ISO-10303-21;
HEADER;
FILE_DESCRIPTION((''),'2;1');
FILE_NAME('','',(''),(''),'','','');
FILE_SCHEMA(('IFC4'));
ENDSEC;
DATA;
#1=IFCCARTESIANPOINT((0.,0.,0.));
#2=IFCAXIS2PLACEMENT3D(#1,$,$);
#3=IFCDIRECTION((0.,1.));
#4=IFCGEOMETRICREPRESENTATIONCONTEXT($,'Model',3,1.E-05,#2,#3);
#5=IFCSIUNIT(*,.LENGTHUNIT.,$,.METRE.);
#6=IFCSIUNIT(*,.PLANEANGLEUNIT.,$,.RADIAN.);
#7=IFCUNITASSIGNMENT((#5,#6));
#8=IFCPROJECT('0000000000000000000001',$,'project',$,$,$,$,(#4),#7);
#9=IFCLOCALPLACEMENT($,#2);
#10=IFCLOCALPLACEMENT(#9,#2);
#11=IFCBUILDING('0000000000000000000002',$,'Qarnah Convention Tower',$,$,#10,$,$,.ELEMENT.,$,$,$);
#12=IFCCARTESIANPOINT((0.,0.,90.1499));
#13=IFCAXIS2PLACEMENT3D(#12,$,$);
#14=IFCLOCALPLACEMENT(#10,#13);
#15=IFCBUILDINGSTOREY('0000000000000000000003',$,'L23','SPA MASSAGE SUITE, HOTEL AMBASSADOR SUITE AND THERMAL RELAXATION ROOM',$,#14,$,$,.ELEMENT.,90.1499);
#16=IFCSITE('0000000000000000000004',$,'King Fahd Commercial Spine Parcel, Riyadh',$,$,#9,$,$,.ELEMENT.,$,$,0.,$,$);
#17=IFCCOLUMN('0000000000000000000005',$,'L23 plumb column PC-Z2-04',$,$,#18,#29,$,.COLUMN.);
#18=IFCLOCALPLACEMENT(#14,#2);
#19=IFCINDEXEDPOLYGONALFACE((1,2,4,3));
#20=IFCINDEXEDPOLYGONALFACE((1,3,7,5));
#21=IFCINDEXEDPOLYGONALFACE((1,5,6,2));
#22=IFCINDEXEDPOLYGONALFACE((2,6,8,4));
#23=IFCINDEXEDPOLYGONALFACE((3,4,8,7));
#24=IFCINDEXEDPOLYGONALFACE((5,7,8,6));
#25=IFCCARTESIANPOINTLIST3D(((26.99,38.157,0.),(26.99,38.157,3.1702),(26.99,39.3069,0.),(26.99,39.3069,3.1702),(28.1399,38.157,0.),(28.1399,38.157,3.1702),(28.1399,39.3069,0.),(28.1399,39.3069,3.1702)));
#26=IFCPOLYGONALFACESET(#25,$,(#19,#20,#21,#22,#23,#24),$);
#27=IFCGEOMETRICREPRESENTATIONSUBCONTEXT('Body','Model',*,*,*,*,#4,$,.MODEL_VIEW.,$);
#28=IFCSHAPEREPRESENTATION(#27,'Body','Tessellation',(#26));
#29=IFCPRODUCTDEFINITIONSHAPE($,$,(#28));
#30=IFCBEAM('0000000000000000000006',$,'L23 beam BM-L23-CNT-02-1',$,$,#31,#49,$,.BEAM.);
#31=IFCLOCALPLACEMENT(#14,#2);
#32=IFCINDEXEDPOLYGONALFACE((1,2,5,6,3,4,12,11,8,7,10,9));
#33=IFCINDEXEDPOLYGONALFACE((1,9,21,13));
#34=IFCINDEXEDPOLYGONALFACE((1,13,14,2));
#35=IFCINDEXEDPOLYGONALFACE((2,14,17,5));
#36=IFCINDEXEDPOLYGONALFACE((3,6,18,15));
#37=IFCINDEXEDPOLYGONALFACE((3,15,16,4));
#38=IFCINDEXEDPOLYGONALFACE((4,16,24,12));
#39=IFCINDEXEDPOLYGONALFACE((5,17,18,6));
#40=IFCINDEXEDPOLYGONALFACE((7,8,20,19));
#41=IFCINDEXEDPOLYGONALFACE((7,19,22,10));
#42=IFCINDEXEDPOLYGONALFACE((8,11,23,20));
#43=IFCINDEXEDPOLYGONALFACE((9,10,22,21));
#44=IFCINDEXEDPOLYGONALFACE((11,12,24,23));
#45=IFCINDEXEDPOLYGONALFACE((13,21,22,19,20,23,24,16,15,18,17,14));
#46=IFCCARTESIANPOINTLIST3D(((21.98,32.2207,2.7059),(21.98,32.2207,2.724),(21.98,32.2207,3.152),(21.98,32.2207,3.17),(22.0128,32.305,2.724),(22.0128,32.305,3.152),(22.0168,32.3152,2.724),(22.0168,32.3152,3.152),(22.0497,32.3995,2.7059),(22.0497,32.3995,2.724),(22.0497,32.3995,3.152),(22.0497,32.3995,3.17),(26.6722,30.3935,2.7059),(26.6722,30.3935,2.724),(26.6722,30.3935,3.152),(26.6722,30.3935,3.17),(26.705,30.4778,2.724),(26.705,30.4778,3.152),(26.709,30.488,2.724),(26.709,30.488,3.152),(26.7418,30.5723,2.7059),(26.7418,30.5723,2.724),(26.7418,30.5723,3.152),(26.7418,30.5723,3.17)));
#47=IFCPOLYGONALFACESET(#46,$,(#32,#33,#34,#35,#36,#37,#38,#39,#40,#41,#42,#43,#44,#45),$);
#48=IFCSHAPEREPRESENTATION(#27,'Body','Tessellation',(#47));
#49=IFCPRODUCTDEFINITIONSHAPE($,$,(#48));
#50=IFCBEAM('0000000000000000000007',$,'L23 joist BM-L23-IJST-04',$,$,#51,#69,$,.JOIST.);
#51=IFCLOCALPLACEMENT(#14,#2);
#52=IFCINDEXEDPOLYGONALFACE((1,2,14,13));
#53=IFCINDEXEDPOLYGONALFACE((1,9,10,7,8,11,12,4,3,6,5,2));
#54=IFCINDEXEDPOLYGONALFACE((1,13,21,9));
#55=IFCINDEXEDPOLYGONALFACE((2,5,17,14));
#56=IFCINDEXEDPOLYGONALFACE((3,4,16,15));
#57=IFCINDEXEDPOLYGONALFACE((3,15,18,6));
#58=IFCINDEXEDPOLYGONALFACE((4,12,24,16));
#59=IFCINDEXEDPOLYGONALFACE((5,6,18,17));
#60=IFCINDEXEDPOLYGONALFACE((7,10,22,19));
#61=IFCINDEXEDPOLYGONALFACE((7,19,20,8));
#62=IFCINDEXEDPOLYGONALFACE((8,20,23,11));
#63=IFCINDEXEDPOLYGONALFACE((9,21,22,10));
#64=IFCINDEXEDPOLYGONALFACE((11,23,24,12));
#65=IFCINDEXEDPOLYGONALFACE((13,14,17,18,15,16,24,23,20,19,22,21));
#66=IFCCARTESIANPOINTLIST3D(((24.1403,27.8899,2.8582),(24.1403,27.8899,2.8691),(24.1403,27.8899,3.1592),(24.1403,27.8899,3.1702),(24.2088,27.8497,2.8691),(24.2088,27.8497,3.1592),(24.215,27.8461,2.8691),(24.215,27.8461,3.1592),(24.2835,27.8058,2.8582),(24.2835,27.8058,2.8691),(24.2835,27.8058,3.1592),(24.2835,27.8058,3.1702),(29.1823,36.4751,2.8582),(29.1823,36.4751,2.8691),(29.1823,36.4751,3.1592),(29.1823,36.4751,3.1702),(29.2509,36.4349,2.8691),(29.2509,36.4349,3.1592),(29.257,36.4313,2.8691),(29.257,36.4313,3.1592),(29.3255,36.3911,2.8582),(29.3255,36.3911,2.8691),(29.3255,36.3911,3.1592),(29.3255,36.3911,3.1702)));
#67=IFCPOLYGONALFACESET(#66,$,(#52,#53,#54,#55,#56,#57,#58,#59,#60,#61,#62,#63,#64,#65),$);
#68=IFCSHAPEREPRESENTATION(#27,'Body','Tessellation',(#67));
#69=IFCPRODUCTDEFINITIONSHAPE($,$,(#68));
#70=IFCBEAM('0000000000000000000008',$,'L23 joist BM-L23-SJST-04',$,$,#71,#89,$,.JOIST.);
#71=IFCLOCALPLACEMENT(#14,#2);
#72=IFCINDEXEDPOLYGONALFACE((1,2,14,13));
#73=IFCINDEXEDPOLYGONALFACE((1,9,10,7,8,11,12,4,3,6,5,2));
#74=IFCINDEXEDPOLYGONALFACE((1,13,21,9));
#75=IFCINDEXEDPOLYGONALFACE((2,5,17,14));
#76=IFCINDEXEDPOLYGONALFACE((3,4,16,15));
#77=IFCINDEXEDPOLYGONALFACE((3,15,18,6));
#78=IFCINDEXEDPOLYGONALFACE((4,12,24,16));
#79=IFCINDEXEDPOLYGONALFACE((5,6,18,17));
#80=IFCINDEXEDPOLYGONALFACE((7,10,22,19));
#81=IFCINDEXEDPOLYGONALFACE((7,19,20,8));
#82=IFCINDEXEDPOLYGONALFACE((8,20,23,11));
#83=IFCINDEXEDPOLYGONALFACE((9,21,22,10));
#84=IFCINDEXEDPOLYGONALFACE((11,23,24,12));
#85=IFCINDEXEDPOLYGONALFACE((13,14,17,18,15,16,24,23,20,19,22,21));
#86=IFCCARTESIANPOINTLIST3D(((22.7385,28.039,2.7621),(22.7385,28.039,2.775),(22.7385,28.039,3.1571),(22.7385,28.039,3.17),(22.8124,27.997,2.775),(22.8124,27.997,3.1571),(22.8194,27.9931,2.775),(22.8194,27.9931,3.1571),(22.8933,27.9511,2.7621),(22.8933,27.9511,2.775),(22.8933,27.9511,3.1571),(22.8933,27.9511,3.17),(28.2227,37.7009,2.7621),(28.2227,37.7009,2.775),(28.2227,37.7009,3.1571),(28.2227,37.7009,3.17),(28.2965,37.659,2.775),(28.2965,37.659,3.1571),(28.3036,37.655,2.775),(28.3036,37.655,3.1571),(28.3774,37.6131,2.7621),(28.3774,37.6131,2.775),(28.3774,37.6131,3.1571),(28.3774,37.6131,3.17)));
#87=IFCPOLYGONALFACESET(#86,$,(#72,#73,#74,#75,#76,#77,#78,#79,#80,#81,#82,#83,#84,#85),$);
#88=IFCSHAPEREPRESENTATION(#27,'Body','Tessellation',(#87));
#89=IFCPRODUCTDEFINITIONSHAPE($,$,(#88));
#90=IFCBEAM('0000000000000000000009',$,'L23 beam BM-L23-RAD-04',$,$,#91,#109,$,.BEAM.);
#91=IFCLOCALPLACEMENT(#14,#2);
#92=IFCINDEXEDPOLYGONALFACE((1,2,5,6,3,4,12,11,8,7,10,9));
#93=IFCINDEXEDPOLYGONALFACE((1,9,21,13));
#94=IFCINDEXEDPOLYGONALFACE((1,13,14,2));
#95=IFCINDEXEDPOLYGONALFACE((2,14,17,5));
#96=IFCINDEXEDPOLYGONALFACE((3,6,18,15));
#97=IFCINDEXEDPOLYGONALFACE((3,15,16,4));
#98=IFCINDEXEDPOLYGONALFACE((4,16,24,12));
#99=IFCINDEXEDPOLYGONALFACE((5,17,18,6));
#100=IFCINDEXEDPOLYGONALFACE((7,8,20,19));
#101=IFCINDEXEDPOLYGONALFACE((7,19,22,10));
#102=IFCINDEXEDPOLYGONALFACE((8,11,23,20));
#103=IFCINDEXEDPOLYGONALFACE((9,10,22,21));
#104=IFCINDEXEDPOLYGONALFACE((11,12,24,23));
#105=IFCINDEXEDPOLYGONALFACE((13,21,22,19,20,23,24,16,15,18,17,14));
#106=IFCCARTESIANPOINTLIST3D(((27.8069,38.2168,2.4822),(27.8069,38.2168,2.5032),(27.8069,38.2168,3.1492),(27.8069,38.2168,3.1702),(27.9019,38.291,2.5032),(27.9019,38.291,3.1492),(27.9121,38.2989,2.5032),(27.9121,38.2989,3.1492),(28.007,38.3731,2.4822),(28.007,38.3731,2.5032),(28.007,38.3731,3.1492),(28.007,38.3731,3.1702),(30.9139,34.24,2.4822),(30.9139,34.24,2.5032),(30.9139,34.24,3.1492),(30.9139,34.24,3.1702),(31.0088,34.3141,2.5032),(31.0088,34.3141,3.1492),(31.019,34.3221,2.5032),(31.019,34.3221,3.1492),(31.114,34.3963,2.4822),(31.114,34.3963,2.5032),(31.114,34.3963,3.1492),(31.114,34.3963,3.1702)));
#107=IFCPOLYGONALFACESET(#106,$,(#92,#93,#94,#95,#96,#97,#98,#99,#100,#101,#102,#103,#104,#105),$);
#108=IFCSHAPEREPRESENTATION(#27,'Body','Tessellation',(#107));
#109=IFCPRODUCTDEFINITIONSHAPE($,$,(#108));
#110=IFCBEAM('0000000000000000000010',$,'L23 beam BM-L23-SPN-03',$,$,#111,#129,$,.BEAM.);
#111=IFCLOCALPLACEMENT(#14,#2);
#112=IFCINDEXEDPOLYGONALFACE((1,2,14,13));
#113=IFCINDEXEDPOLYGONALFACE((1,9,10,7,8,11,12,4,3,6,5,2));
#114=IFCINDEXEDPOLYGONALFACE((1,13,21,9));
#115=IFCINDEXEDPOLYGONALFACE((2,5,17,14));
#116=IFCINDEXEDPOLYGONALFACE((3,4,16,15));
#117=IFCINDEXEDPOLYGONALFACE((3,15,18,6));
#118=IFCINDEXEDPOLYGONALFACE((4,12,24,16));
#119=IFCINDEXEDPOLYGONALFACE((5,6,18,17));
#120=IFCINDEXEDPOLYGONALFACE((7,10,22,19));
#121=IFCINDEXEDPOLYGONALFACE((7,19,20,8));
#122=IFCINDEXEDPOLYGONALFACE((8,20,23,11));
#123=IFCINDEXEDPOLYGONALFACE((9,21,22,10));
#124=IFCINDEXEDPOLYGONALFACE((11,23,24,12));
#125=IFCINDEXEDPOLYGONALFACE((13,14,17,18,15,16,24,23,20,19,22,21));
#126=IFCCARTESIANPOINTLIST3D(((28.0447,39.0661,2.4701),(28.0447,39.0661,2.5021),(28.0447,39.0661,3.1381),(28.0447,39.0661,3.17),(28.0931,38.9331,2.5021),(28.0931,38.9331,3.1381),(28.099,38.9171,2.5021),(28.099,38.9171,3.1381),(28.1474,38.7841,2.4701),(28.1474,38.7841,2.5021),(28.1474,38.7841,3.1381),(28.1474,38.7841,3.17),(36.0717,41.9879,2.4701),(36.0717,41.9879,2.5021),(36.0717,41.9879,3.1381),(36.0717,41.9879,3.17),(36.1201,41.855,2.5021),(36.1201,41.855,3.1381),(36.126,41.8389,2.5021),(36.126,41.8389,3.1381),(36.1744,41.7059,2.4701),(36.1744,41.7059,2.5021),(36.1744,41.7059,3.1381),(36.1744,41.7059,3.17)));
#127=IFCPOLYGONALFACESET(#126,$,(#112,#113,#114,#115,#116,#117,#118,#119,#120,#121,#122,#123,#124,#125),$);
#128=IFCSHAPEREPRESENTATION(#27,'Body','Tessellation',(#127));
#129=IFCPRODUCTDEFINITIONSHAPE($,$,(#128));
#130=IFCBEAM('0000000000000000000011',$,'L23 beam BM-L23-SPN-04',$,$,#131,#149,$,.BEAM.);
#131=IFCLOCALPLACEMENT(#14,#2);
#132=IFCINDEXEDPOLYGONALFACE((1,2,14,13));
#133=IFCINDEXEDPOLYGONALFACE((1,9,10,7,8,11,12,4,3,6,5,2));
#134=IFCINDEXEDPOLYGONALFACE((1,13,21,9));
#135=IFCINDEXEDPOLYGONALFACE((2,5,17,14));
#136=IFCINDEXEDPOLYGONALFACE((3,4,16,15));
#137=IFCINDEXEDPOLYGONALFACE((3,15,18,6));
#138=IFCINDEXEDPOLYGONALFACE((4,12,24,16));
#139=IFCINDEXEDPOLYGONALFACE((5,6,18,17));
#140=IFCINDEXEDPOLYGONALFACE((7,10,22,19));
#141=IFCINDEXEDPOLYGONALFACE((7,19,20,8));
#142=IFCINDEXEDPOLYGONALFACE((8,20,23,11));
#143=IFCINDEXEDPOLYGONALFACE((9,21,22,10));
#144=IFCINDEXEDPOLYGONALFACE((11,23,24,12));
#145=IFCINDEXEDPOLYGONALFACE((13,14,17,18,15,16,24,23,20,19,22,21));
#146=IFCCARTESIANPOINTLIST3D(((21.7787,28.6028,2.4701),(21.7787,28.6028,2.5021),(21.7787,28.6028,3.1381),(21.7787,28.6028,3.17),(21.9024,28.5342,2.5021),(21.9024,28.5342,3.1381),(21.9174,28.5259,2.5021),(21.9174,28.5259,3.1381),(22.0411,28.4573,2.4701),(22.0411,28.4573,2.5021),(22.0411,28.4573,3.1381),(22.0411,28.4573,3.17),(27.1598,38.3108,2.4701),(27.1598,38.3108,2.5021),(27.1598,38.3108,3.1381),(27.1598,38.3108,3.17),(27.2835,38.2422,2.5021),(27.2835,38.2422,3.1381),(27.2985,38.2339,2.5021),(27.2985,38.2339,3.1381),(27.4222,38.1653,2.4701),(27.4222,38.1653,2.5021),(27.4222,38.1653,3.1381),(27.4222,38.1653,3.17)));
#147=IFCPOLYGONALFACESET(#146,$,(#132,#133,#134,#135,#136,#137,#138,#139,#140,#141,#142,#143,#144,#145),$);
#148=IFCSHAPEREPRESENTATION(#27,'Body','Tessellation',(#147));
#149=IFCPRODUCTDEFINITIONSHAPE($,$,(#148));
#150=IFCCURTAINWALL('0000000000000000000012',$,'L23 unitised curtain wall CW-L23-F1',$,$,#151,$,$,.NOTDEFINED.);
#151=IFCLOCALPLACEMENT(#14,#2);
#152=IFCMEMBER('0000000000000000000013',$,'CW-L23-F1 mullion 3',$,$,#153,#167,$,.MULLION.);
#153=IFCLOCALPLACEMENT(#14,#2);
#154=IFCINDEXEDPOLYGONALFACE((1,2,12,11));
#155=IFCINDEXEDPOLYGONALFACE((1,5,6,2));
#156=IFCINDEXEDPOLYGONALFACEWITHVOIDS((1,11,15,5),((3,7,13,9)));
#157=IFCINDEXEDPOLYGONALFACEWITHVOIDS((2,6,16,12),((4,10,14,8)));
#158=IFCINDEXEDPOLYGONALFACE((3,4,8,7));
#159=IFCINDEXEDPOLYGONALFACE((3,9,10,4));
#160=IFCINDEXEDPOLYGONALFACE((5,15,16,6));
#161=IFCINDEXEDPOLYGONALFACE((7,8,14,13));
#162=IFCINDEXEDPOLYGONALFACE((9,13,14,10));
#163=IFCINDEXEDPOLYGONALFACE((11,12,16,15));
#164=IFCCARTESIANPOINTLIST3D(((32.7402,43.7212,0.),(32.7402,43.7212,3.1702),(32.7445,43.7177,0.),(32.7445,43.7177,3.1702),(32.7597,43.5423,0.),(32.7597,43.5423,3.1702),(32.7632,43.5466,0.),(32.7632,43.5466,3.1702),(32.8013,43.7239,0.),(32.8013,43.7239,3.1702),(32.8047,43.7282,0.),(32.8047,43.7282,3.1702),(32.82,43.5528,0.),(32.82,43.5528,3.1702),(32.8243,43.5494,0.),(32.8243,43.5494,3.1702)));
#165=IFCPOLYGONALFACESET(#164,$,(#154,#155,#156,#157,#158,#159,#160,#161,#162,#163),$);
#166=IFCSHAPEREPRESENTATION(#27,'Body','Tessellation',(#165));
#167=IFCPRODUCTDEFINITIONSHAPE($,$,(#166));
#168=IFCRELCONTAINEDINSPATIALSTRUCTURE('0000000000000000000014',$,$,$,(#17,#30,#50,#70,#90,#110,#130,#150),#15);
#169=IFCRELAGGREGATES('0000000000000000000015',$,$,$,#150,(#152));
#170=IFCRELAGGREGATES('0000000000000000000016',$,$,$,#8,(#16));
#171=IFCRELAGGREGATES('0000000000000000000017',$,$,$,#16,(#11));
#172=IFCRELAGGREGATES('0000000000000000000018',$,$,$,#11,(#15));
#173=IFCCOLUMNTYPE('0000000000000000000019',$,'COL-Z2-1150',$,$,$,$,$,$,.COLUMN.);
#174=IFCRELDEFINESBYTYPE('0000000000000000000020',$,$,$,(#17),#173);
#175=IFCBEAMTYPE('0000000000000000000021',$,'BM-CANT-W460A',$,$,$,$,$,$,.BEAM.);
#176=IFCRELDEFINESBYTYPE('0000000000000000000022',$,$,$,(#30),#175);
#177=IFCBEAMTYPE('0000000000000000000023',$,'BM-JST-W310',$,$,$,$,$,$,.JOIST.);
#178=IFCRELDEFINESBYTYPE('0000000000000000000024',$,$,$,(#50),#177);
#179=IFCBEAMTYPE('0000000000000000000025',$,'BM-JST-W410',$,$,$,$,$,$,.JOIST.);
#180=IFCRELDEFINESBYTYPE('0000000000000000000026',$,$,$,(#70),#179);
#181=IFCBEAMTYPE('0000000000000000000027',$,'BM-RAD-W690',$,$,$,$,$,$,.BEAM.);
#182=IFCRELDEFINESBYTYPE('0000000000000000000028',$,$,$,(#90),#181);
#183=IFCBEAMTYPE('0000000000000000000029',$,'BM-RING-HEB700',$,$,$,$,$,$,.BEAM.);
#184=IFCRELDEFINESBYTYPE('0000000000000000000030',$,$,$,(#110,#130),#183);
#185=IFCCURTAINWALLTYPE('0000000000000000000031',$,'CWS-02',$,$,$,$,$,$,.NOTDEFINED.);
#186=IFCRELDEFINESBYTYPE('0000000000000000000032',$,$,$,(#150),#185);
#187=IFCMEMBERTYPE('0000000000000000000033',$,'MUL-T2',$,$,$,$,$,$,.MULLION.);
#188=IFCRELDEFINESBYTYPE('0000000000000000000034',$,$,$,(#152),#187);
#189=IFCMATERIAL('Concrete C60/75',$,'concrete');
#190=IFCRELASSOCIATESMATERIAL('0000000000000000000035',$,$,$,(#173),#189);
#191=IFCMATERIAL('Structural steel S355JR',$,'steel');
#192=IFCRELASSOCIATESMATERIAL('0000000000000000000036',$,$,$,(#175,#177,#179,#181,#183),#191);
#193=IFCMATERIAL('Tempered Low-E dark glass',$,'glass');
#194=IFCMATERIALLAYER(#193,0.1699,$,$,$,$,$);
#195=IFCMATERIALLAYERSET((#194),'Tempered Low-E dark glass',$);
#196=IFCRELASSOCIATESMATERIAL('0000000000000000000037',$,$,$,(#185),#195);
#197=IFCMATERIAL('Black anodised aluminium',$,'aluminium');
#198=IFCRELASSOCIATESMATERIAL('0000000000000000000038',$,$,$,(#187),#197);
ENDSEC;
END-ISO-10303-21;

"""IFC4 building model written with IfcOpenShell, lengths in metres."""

from ifc_helpers import new_model, si_unit, direction, frame, origin, origin_2d, place, context, subcontext, project, spatial, rectangle, hollow_rectangle, i_section, extrude, material, layer, layer_set, material_profile, profile_set, type_object, element, aggregate, save


model = new_model("IFC4")

# Units and contexts
model_context = context("Model", 3, precision=1e-05, world=origin(), true_north=direction((0.0, 1.0)))
body_context = subcontext(model_context, "Body", "Model", "MODEL_VIEW")
ifc_project = project(units=[si_unit("LENGTHUNIT", "METRE"), si_unit("PLANEANGLEUNIT", "RADIAN")], contexts=[model_context])

# Site, building, storey
site_placement = place(None, origin())
site = spatial("IfcSite", under=ifc_project, at=site_placement, Name="King Fahd Commercial Spine Parcel, Riyadh", CompositionType="ELEMENT", RefElevation=0.0)
building_placement = place(site_placement, origin())
building = spatial("IfcBuilding", under=site, at=building_placement, Name="Qarnah Convention Tower", CompositionType="ELEMENT")
storey_placement = place(building_placement, frame((0.0, 0.0, 90.1499)))
storey = spatial("IfcBuildingStorey", under=building, at=storey_placement, Name="L23", Description="SPA MASSAGE SUITE, HOTEL AMBASSADOR SUITE AND THERMAL RELAXATION ROOM", CompositionType="ELEMENT", Elevation=90.1499)

# Column
ifc_material_1 = material(Name="Concrete C60/75", Category="concrete")
ifc_material_profile_1 = material_profile(ifc_material_1, rectangle(XDim=1.1499, YDim=1.1499, at=origin_2d()), Name="RC-COL-1150X1150")
ifc_profile_set_1 = profile_set([ifc_material_profile_1], Name="Concrete C60/75")
column_type = type_object("IfcColumnType", Name="COL-Z2-1150", PredefinedType="COLUMN", material=ifc_profile_set_1)
column_placement = place(storey_placement, frame((27.5649, 38.7319, 0.0), z_axis=(0.0, 0.0, 1.0), x_axis=(1.0, 0.0, 0.0)))
element("IfcColumn", 1, at=column_placement, inside=storey, type_object=column_type, Name="L23 plumb column PC-Z2-04", PredefinedType="COLUMN", context=body_context, shape_type="SweptSolid", body=[
    extrude(rectangle(XDim=1.1499, YDim=1.1499, at=origin_2d()), origin(), (0.0, 0.0, 1.0), 3.1702),
])

# Beams
ifc_material_2 = material(Name="Structural steel S355JR", Category="steel")
ifc_material_profile_2 = material_profile(ifc_material_2, i_section(OverallWidth=0.1919, OverallDepth=0.4641, WebThickness=0.011, FlangeThickness=0.0181, at=origin_2d()), Name="W460X89")
ifc_profile_set_2 = profile_set([ifc_material_profile_2], Name="Structural steel S355JR")
beam_type_1 = type_object("IfcBeamType", Name="BM-CANT-W460A", PredefinedType="BEAM", material=ifc_profile_set_2)
beam_1_placement = place(storey_placement, frame((26.707, 30.4829, 2.938), z_axis=(-0.931842, 0.362865, 0.0), x_axis=(-0.362865, -0.931842, 0.0)))
element("IfcBeam", 2, at=beam_1_placement, inside=storey, type_object=beam_type_1, Name="L23 beam BM-L23-CNT-02-1", PredefinedType="BEAM", context=body_context, shape_type="SweptSolid", body=[
    extrude(i_section(OverallWidth=0.1919, OverallDepth=0.4641, WebThickness=0.011, FlangeThickness=0.0181, at=origin_2d()), origin(), (0.0, 0.0, 1.0), 5.0354),
])
ifc_material_profile_3 = material_profile(ifc_material_2, i_section(OverallWidth=0.166, OverallDepth=0.312, WebThickness=0.0071, FlangeThickness=0.011, at=origin_2d()), Name="W310X45")
ifc_profile_set_3 = profile_set([ifc_material_profile_3], Name="Structural steel S355JR")
beam_type_2 = type_object("IfcBeamType", Name="BM-JST-W310", PredefinedType="JOIST", material=ifc_profile_set_3)
beam_2_placement = place(storey_placement, frame((29.2539, 36.4331, 3.0142), z_axis=(-0.506413, -0.862291, 0.0), x_axis=(0.862291, -0.506413, 0.0)))
element("IfcBeam", 3, at=beam_2_placement, inside=storey, type_object=beam_type_2, Name="L23 joist BM-L23-IJST-04", PredefinedType="JOIST", context=body_context, shape_type="SweptSolid", body=[
    extrude(i_section(OverallWidth=0.166, OverallDepth=0.312, WebThickness=0.0071, FlangeThickness=0.011, at=origin_2d()), origin(), (0.0, 0.0, 1.0), 9.9563),
])
ifc_material_profile_4 = material_profile(ifc_material_2, i_section(OverallWidth=0.178, OverallDepth=0.408, WebThickness=0.0081, FlangeThickness=0.0129, at=origin_2d()), Name="W410X60")
ifc_profile_set_4 = profile_set([ifc_material_profile_4], Name="Structural steel S355JR")
beam_type_3 = type_object("IfcBeamType", Name="BM-JST-W410", PredefinedType="JOIST", material=ifc_profile_set_4)
beam_3_placement = place(storey_placement, frame((28.3, 37.657, 2.9661), z_axis=(-0.493631, -0.869672, 0.0), x_axis=(0.869672, -0.493631, 0.0)))
element("IfcBeam", 4, at=beam_3_placement, inside=storey, type_object=beam_type_3, Name="L23 joist BM-L23-SJST-04", PredefinedType="JOIST", context=body_context, shape_type="SweptSolid", body=[
    extrude(i_section(OverallWidth=0.178, OverallDepth=0.408, WebThickness=0.0081, FlangeThickness=0.0129, at=origin_2d()), origin(), (0.0, 0.0, 1.0), 11.1099),
])
ifc_material_profile_5 = material_profile(ifc_material_2, i_section(OverallWidth=0.2539, OverallDepth=0.688, WebThickness=0.0129, FlangeThickness=0.021, at=origin_2d()), Name="W690X152")
ifc_profile_set_5 = profile_set([ifc_material_profile_5], Name="Structural steel S355JR")
beam_type_4 = type_object("IfcBeamType", Name="BM-RAD-W690", PredefinedType="BEAM", material=ifc_profile_set_5)
beam_4_placement = place(storey_placement, frame((31.0139, 34.3181, 2.8262), z_axis=(-0.615651, 0.788019, 0.0), x_axis=(-0.788019, -0.615651, 0.0)))
element("IfcBeam", 5, at=beam_4_placement, inside=storey, type_object=beam_type_4, Name="L23 beam BM-L23-RAD-04", PredefinedType="BEAM", context=body_context, shape_type="SweptSolid", body=[
    extrude(i_section(OverallWidth=0.2539, OverallDepth=0.688, WebThickness=0.0129, FlangeThickness=0.021, at=origin_2d()), origin(), (0.0, 0.0, 1.0), 5.0466),
])
ifc_material_profile_6 = material_profile(ifc_material_2, i_section(OverallWidth=0.3, OverallDepth=0.7, WebThickness=0.0171, FlangeThickness=0.032, at=origin_2d()), Name="HEB700")
ifc_profile_set_6 = profile_set([ifc_material_profile_6], Name="Structural steel S355JR")
beam_type_5 = type_object("IfcBeamType", Name="BM-RING-HEB700", PredefinedType="BEAM", material=ifc_profile_set_6)
beam_5_placement = place(storey_placement, frame((36.123, 41.8469, 2.8201), z_axis=(-0.939683, -0.342046, 0.0), x_axis=(0.342046, -0.939683, 0.0)))
element("IfcBeam", 6, at=beam_5_placement, inside=storey, type_object=beam_type_5, Name="L23 beam BM-L23-SPN-03", PredefinedType="BEAM", context=body_context, shape_type="SweptSolid", body=[
    extrude(i_section(OverallWidth=0.3, OverallDepth=0.7, WebThickness=0.0171, FlangeThickness=0.032, at=origin_2d()), origin(), (0.0, 0.0, 1.0), 8.5422),
])
beam_6_placement = place(storey_placement, frame((27.291, 38.238, 2.8201), z_axis=(-0.4848, -0.874625, 0.0), x_axis=(0.874625, -0.4848, 0.0)))
element("IfcBeam", 7, at=beam_6_placement, inside=storey, type_object=beam_type_5, Name="L23 beam BM-L23-SPN-04", PredefinedType="BEAM", context=body_context, shape_type="SweptSolid", body=[
    extrude(i_section(OverallWidth=0.3, OverallDepth=0.7, WebThickness=0.0171, FlangeThickness=0.032, at=origin_2d()), origin(), (0.0, 0.0, 1.0), 11.0996),
])

# Curtain wall, member
ifc_material_3 = material(Name="Tempered Low-E dark glass", Category="glass")
ifc_layer_1 = layer(ifc_material_3, 0.1699)
ifc_layer_set_1 = layer_set([ifc_layer_1], Name="Tempered Low-E dark glass")
curtain_wall_type = type_object("IfcCurtainWallType", Name="CWS-02", PredefinedType="NOTDEFINED", material=ifc_layer_set_1)
curtain_wall_placement = place(storey_placement, origin())
curtain_wall = element("IfcCurtainWall", 8, at=curtain_wall_placement, inside=storey, type_object=curtain_wall_type, Name="L23 unitised curtain wall CW-L23-F1", PredefinedType="NOTDEFINED")
ifc_material_4 = material(Name="Black anodised aluminium", Category="aluminium")
ifc_material_profile_7 = material_profile(ifc_material_4, hollow_rectangle(XDim=0.0649, YDim=0.1799, WallThickness=0.0039, at=origin_2d()), Name="MUL-65X180")
ifc_profile_set_7 = profile_set([ifc_material_profile_7], Name="Black anodised aluminium")
member_type = type_object("IfcMemberType", Name="MUL-T2", PredefinedType="MULLION", material=ifc_profile_set_7)
member_placement = place(storey_placement, frame((32.7822, 43.6353, 0.0), z_axis=(0.0, 0.0, 1.0), x_axis=(0.994075, 0.108692, 0.0)))
member = element("IfcMember", 9, at=member_placement, type_object=member_type, Name="CW-L23-F1 mullion 3", PredefinedType="MULLION", context=body_context, shape_type="SweptSolid", body=[
    extrude(hollow_rectangle(XDim=0.0649, YDim=0.1799, WallThickness=0.0039, at=origin_2d()), origin(), (0.0, 0.0, 1.0), 3.1702),
])
aggregate(curtain_wall, [member])

save(model, "model.ifc")
